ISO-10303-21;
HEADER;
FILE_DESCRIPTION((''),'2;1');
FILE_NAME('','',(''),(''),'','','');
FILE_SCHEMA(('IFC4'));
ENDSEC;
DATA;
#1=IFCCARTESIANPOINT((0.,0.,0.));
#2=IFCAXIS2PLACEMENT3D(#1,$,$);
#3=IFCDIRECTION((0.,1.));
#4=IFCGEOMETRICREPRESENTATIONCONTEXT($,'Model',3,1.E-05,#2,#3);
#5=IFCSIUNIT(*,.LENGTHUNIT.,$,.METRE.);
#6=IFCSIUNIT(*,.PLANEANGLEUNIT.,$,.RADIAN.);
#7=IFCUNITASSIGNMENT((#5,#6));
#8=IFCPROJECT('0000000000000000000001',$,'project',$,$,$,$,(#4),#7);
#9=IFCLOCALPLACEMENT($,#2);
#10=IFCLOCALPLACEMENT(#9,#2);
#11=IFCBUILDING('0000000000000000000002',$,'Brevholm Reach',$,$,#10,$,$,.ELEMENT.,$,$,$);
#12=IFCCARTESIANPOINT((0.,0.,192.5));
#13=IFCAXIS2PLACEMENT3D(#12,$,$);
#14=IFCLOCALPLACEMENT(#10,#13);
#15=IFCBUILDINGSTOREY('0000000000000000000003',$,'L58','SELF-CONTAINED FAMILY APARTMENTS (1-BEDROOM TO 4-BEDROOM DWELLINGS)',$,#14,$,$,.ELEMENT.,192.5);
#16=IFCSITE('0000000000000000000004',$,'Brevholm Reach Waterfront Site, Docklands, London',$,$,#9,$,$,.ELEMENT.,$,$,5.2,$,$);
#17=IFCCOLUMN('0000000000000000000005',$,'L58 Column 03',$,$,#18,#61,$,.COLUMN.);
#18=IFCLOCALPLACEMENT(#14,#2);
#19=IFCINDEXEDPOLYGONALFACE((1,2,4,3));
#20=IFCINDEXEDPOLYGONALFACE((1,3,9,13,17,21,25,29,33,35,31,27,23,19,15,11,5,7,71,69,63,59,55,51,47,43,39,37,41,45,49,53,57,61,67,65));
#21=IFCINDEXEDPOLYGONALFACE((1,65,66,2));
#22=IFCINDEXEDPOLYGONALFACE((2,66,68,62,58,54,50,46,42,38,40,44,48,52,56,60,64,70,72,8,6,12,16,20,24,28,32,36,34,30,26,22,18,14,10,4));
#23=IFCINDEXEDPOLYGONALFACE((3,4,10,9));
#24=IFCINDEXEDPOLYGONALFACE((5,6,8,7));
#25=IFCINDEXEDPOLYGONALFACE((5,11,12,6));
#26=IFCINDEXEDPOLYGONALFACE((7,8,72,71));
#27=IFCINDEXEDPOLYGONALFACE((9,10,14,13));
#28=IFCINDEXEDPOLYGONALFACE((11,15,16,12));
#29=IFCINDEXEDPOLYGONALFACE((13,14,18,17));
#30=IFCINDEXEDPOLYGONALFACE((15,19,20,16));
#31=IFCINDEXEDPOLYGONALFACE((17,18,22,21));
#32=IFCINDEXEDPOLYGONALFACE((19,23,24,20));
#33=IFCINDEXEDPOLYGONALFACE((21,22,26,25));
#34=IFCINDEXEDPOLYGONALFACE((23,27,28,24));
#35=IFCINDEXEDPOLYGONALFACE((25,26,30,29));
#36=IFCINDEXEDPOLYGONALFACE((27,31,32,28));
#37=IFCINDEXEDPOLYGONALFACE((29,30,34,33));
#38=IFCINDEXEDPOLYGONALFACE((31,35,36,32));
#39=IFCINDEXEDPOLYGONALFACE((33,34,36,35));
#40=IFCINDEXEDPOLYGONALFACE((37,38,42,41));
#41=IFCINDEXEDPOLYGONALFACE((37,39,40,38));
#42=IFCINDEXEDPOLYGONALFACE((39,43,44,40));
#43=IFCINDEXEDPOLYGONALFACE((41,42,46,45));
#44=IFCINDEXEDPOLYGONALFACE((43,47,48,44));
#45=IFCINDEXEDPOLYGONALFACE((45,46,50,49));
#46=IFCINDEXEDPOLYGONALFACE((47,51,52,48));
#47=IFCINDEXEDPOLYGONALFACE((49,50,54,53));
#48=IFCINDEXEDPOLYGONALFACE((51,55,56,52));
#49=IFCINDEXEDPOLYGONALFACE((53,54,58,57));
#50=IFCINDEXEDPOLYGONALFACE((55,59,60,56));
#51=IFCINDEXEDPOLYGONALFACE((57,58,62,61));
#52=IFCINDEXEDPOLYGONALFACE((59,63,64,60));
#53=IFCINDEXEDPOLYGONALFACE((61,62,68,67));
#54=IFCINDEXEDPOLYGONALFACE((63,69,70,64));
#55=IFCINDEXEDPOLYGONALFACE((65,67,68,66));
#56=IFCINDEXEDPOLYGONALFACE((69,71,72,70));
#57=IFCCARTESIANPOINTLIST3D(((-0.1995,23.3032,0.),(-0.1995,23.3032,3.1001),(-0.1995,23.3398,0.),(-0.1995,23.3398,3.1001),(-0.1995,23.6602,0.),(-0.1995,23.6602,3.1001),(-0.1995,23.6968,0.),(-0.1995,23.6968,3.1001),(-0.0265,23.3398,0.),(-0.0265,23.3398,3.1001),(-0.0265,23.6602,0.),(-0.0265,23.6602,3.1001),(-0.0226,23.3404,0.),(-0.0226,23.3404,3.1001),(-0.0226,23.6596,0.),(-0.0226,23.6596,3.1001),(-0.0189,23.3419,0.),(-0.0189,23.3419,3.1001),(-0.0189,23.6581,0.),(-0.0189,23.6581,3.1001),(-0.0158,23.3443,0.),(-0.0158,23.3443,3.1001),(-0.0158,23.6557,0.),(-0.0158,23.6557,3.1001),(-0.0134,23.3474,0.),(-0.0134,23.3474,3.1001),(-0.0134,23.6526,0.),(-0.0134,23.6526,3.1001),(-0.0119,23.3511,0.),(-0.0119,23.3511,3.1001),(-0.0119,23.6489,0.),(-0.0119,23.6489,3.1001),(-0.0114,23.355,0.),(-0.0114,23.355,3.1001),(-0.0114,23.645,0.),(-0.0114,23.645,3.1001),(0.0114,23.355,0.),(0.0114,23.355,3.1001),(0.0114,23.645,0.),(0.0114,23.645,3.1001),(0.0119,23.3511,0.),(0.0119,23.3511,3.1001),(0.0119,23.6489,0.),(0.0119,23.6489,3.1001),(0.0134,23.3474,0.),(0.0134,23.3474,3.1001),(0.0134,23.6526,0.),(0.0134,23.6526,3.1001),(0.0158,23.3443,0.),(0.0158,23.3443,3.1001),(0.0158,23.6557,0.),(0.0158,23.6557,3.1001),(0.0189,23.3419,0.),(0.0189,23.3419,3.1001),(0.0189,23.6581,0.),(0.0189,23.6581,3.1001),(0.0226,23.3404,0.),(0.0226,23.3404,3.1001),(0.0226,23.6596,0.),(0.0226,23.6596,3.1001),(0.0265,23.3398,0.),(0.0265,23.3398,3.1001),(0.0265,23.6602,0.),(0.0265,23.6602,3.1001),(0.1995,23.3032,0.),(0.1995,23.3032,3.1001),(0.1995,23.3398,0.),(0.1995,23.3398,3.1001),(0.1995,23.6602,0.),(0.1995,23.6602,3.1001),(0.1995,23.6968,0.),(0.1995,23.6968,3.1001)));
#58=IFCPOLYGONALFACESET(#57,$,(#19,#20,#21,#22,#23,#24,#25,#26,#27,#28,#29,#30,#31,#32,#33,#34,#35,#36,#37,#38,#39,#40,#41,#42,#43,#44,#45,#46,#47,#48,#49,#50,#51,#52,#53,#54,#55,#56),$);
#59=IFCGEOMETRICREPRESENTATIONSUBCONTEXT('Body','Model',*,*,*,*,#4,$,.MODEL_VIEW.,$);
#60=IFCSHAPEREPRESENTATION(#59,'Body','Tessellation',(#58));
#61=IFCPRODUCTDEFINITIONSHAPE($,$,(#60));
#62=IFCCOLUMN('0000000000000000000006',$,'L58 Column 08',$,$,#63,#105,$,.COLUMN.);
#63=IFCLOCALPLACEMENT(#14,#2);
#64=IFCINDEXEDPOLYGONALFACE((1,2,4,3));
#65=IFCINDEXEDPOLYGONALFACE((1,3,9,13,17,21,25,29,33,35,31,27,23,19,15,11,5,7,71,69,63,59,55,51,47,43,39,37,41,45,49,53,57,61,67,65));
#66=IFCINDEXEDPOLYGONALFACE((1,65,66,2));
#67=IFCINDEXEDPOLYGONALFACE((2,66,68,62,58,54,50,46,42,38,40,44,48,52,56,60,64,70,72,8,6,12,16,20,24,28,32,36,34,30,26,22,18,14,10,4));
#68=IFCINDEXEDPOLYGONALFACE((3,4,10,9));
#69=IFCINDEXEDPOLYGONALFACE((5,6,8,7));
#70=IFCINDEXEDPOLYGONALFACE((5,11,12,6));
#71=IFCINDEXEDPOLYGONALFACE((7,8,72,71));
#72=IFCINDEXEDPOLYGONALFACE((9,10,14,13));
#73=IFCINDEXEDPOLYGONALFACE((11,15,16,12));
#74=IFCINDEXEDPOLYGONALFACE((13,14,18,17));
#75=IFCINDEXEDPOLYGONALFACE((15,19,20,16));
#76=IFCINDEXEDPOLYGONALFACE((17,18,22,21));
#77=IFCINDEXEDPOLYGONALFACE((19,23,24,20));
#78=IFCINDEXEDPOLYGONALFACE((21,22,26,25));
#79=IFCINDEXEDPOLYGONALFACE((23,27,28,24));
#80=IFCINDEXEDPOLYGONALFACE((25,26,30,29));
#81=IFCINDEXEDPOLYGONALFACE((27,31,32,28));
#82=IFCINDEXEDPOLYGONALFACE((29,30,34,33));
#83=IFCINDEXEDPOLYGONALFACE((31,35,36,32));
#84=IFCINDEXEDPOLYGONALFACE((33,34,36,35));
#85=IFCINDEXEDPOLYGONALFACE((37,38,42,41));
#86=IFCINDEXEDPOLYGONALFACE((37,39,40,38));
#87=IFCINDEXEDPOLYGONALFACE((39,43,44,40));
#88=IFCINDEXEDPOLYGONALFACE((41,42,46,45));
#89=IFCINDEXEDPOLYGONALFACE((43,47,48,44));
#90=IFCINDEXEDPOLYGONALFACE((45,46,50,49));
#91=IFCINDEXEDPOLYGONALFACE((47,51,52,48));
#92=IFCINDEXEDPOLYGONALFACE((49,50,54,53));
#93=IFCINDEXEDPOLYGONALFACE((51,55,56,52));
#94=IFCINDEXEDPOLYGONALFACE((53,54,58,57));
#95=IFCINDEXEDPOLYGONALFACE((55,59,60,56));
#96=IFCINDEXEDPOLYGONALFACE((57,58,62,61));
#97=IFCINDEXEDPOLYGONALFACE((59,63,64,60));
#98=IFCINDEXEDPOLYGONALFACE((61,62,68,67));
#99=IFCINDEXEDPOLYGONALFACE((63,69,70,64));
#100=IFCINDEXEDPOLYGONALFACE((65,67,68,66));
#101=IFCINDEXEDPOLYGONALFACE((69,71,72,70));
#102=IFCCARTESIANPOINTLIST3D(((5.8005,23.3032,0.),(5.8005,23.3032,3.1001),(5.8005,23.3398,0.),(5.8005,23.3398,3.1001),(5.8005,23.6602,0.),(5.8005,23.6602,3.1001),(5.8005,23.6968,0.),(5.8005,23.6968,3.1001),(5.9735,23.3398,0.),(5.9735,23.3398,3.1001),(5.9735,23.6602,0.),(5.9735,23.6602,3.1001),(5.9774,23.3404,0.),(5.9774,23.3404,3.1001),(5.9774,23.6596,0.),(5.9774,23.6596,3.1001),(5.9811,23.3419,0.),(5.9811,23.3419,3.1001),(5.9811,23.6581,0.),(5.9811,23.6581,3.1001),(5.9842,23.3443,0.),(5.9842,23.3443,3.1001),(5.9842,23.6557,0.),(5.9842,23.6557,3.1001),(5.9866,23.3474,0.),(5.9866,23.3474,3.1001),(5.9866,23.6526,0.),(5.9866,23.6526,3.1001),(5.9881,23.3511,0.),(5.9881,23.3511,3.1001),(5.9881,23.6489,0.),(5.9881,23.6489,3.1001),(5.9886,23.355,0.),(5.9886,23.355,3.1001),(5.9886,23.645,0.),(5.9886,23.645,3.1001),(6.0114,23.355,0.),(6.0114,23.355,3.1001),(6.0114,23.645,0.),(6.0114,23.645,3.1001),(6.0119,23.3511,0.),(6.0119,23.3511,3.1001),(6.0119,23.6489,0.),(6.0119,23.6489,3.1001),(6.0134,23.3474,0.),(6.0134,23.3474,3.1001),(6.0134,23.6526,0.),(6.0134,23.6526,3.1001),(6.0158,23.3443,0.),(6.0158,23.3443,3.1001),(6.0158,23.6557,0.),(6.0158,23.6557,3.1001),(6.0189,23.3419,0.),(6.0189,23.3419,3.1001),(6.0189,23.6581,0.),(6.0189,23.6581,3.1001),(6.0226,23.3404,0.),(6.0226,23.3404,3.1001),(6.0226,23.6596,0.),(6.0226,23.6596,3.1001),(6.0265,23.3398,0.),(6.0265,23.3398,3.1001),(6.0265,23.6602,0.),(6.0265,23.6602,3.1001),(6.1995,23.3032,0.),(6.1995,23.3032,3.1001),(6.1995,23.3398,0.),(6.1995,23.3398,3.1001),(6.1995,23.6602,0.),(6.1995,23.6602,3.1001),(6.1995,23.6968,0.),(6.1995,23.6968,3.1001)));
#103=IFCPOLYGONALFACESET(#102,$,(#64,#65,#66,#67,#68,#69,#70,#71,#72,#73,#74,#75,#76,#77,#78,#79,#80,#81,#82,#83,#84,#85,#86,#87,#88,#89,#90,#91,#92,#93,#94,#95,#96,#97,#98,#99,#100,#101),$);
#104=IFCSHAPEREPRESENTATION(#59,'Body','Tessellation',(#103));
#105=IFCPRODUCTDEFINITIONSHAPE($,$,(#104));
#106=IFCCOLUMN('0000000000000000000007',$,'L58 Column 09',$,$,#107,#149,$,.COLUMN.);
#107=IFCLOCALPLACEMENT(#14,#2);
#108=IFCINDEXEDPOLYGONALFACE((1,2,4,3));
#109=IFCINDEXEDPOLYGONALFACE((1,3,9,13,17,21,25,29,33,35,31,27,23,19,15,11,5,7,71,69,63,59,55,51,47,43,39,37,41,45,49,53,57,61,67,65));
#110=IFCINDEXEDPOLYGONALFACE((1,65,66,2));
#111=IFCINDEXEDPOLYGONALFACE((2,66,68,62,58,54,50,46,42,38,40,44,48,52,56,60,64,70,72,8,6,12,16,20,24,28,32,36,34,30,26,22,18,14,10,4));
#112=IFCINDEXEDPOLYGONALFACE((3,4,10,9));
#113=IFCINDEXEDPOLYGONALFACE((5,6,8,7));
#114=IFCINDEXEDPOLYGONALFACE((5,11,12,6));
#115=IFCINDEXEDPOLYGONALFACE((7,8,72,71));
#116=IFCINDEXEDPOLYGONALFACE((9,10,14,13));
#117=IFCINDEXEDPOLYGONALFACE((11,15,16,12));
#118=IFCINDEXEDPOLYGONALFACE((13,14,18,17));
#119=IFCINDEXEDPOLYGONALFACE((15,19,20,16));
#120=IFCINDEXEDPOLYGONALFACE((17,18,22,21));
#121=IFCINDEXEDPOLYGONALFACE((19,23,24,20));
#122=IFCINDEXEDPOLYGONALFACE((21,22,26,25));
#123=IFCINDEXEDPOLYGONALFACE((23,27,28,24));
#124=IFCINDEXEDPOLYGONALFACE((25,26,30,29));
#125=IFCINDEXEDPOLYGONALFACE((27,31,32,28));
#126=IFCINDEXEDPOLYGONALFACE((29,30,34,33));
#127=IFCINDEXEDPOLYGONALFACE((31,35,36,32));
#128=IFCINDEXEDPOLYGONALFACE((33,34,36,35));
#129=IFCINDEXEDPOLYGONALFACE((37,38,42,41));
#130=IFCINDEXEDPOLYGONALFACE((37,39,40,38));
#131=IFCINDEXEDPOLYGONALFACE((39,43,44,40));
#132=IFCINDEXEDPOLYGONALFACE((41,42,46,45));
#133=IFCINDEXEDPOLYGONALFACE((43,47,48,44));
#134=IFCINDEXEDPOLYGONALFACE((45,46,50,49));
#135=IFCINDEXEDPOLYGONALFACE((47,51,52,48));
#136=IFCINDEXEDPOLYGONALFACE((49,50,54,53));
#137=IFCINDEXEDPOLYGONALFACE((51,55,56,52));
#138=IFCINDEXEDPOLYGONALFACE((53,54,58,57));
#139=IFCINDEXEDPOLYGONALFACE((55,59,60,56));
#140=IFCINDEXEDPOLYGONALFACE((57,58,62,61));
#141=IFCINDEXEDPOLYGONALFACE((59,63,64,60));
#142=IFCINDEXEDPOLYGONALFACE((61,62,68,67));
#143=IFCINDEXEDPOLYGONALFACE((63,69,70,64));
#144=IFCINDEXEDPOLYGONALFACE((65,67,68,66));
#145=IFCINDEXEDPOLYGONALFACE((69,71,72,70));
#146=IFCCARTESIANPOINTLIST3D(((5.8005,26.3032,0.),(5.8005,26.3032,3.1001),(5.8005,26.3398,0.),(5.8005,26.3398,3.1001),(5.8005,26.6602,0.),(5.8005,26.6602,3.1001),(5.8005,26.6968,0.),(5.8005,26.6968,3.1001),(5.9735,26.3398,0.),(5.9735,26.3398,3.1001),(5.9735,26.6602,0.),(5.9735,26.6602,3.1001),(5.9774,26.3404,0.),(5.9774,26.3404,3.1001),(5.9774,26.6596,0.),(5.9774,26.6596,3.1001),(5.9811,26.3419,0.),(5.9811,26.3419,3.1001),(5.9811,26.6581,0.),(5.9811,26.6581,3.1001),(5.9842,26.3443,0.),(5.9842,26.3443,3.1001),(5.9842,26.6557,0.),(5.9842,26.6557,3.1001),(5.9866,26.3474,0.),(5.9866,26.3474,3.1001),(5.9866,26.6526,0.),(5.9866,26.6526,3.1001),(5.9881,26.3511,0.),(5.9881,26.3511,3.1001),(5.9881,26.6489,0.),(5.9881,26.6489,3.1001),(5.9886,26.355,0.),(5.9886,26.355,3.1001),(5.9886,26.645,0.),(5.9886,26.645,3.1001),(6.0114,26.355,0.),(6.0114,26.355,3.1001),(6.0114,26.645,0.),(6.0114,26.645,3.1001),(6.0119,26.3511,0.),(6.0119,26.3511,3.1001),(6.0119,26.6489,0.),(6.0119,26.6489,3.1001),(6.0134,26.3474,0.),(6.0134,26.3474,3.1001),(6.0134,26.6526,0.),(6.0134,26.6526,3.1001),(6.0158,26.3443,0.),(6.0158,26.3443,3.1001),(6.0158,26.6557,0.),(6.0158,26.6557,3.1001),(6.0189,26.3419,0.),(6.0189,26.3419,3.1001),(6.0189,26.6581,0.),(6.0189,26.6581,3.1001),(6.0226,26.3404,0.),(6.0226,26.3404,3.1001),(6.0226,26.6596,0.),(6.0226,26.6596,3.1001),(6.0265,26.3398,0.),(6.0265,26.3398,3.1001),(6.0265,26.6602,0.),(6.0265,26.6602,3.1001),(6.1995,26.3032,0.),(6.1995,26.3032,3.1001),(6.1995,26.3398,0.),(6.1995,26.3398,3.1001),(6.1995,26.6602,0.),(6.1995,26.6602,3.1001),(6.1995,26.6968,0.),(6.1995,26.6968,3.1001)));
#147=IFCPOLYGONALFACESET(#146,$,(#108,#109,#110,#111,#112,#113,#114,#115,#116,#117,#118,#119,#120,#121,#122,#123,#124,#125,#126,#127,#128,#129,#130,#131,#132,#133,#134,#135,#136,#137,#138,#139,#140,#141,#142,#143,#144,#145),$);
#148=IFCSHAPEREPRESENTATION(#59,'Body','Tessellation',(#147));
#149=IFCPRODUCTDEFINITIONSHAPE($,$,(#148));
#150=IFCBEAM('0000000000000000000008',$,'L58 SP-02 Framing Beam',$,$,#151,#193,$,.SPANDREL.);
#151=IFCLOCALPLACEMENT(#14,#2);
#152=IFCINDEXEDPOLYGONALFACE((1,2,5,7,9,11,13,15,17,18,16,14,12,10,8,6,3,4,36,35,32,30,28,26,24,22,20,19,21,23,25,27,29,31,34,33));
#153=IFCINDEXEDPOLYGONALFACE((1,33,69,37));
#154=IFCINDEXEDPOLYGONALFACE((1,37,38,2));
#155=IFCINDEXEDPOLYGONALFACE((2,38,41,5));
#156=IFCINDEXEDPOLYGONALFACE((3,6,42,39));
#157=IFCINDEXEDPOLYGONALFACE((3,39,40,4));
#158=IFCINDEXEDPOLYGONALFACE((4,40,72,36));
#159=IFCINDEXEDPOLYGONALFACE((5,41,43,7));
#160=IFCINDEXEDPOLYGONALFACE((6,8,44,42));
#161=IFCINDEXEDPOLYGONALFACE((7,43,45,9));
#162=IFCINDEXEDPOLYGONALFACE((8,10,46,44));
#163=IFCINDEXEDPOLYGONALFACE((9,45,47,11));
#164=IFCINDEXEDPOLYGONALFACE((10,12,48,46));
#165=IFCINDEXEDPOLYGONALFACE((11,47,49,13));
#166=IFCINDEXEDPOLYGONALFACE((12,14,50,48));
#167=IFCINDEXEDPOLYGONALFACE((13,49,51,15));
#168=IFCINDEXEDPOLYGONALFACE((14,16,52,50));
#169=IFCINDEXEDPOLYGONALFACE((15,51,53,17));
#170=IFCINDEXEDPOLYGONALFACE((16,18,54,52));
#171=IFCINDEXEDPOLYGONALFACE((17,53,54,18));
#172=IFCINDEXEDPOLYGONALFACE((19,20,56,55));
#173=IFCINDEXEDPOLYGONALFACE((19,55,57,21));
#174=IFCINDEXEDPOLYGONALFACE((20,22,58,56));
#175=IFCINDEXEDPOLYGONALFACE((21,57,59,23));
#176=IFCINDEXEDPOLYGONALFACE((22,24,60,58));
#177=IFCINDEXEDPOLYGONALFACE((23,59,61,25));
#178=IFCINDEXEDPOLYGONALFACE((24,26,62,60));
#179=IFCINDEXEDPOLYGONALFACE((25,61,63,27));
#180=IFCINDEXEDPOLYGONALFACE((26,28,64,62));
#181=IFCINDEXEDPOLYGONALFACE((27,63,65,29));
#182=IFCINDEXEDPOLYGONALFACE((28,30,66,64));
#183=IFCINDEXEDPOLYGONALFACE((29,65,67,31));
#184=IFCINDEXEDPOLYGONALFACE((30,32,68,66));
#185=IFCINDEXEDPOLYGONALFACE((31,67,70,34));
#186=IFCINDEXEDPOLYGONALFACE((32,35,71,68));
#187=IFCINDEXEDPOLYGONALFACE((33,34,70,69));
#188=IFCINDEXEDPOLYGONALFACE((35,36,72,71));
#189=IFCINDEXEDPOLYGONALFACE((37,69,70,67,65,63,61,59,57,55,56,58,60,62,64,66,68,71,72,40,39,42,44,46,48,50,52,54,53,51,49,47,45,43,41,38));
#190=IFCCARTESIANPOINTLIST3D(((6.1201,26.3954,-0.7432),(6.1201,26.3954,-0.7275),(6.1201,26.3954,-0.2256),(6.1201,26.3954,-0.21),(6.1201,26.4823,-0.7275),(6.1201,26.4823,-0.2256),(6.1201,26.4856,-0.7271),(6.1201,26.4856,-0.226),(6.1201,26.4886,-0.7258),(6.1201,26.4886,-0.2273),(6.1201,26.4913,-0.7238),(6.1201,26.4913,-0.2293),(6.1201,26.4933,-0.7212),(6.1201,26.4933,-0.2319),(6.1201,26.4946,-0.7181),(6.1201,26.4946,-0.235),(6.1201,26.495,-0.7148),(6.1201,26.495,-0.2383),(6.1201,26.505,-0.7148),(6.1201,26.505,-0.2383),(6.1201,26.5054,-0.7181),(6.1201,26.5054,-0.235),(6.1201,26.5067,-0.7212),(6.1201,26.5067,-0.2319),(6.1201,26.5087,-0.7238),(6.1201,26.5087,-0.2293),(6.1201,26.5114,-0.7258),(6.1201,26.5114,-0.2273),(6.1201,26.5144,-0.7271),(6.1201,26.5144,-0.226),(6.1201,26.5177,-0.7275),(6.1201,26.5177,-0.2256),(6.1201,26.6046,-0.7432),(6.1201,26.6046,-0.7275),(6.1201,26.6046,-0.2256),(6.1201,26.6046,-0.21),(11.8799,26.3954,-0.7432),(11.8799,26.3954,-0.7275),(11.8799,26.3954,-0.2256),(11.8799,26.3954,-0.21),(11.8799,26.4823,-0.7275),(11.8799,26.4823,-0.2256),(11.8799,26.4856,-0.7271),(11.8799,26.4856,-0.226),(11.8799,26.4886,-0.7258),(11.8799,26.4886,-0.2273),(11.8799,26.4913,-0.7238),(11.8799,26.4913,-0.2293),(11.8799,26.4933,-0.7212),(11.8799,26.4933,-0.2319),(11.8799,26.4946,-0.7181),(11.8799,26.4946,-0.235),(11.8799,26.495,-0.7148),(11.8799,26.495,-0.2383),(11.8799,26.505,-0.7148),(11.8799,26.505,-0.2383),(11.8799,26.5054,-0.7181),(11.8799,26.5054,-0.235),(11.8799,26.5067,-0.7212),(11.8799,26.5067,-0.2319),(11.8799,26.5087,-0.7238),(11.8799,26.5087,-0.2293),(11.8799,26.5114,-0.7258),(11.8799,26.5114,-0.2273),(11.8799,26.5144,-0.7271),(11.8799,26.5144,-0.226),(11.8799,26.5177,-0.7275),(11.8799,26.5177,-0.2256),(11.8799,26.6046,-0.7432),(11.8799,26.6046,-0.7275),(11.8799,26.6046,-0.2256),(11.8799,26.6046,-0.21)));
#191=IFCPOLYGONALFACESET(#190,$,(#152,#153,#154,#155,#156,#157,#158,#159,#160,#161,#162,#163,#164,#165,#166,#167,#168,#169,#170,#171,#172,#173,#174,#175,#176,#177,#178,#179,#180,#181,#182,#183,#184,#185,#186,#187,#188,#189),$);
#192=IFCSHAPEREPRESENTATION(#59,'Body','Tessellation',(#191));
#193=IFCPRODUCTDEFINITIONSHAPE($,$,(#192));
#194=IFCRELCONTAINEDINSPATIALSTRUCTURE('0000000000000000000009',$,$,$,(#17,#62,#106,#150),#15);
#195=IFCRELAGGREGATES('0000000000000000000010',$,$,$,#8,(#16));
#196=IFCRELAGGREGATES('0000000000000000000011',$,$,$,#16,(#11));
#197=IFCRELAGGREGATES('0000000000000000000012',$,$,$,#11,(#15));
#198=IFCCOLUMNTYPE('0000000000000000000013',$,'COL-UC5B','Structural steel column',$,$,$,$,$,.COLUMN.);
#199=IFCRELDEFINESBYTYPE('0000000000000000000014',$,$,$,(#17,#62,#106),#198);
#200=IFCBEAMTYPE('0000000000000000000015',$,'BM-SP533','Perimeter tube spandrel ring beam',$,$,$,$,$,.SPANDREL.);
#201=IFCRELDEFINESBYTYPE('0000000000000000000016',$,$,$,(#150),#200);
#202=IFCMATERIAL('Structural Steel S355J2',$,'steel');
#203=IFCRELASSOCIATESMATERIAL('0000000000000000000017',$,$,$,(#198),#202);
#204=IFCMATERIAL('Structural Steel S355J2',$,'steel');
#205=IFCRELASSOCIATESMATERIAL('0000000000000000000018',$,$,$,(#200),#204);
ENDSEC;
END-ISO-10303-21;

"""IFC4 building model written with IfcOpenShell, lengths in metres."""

from ifc_helpers import new_model, si_unit, direction, frame, origin, origin_2d, place, context, subcontext, project, spatial, i_section, extrude, material, material_profile, profile_set, type_object, element, save


model = new_model("IFC4")

# Units and contexts
model_context = context("Model", 3, precision=1e-05, world=origin(), true_north=direction((0.0, 1.0)))
body_context = subcontext(model_context, "Body", "Model", "MODEL_VIEW")
ifc_project = project(units=[si_unit("LENGTHUNIT", "METRE"), si_unit("PLANEANGLEUNIT", "RADIAN")], contexts=[model_context])

# Site, building, storey
site_placement = place(None, origin())
site = spatial("IfcSite", under=ifc_project, at=site_placement, Name="Brevholm Reach Waterfront Site, Docklands, London", CompositionType="ELEMENT", RefElevation=5.2)
building_placement = place(site_placement, origin())
building = spatial("IfcBuilding", under=site, at=building_placement, Name="Brevholm Reach", CompositionType="ELEMENT")
storey_placement = place(building_placement, frame((0.0, 0.0, 192.5)))
storey = spatial("IfcBuildingStorey", under=building, at=storey_placement, Name="L58", Description="SELF-CONTAINED FAMILY APARTMENTS (1-BEDROOM TO 4-BEDROOM DWELLINGS)", CompositionType="ELEMENT", Elevation=192.5)

# Columns
ifc_material_1 = material(Name="Structural Steel S355J2", Category="steel")
ifc_material_profile_1 = material_profile(ifc_material_1, i_section(OverallWidth=0.3989, OverallDepth=0.3936, WebThickness=0.0227, FlangeThickness=0.0366, FilletRadius=0.0151, at=origin_2d()), Name="UKC 356x406x287")
ifc_profile_set_1 = profile_set([ifc_material_profile_1], Name="Structural Steel S355J2")
column_type = type_object("IfcColumnType", Name="COL-UC5B", Description="Structural steel column", PredefinedType="COLUMN", material=ifc_profile_set_1)
for number, where, z_axis, x_axis, name in (
    (1, (0.0, 23.5, 0.0), (0.0, 0.0, 1.0), (1.0, 0.0, 0.0), "L58 Column 03"),
    (2, (6.0, 23.5, 0.0), (0.0, 0.0, 1.0), (1.0, 0.0, 0.0), "L58 Column 08"),
    (3, (6.0, 26.5, 0.0), (0.0, 0.0, 1.0), (1.0, 0.0, 0.0), "L58 Column 09"),
):
    element("IfcColumn", number, at=place(storey_placement, frame(where, z_axis=z_axis, x_axis=x_axis)), inside=storey, type_object=column_type, Name=name, PredefinedType="COLUMN", context=body_context, shape_type="SweptSolid", body=[
        extrude(i_section(OverallWidth=0.3989, OverallDepth=0.3936, WebThickness=0.0227, FlangeThickness=0.0366, FilletRadius=0.0151, at=origin_2d()), origin(), (0.0, 0.0, 1.0), 3.1001),
    ])

# Beam
ifc_material_2 = material(Name="Structural Steel S355J2", Category="steel")
ifc_material_profile_2 = material_profile(ifc_material_2, i_section(OverallWidth=0.2092, OverallDepth=0.5332, WebThickness=0.01, FlangeThickness=0.0156, FilletRadius=0.0127, at=origin_2d()), Name="UKB 533x210x92")
ifc_profile_set_2 = profile_set([ifc_material_profile_2], Name="Structural Steel S355J2")
beam_type_1 = type_object("IfcBeamType", Name="BM-SP533", Description="Perimeter tube spandrel ring beam", PredefinedType="SPANDREL", material=ifc_profile_set_2)
beam_1_placement = place(storey_placement, frame((6.1201, 26.5, -0.4766), z_axis=(1.0, 0.0, 0.0), x_axis=(0.0, 1.0, 0.0)))
element("IfcBeam", 4, at=beam_1_placement, inside=storey, type_object=beam_type_1, Name="L58 SP-02 Framing Beam", PredefinedType="SPANDREL", context=body_context, shape_type="SweptSolid", body=[
    extrude(i_section(OverallWidth=0.2092, OverallDepth=0.5332, WebThickness=0.01, FlangeThickness=0.0156, FilletRadius=0.0127, at=origin_2d()), origin(), (0.0, 0.0, 1.0), 5.7598),
])

save(model, "model.ifc")
